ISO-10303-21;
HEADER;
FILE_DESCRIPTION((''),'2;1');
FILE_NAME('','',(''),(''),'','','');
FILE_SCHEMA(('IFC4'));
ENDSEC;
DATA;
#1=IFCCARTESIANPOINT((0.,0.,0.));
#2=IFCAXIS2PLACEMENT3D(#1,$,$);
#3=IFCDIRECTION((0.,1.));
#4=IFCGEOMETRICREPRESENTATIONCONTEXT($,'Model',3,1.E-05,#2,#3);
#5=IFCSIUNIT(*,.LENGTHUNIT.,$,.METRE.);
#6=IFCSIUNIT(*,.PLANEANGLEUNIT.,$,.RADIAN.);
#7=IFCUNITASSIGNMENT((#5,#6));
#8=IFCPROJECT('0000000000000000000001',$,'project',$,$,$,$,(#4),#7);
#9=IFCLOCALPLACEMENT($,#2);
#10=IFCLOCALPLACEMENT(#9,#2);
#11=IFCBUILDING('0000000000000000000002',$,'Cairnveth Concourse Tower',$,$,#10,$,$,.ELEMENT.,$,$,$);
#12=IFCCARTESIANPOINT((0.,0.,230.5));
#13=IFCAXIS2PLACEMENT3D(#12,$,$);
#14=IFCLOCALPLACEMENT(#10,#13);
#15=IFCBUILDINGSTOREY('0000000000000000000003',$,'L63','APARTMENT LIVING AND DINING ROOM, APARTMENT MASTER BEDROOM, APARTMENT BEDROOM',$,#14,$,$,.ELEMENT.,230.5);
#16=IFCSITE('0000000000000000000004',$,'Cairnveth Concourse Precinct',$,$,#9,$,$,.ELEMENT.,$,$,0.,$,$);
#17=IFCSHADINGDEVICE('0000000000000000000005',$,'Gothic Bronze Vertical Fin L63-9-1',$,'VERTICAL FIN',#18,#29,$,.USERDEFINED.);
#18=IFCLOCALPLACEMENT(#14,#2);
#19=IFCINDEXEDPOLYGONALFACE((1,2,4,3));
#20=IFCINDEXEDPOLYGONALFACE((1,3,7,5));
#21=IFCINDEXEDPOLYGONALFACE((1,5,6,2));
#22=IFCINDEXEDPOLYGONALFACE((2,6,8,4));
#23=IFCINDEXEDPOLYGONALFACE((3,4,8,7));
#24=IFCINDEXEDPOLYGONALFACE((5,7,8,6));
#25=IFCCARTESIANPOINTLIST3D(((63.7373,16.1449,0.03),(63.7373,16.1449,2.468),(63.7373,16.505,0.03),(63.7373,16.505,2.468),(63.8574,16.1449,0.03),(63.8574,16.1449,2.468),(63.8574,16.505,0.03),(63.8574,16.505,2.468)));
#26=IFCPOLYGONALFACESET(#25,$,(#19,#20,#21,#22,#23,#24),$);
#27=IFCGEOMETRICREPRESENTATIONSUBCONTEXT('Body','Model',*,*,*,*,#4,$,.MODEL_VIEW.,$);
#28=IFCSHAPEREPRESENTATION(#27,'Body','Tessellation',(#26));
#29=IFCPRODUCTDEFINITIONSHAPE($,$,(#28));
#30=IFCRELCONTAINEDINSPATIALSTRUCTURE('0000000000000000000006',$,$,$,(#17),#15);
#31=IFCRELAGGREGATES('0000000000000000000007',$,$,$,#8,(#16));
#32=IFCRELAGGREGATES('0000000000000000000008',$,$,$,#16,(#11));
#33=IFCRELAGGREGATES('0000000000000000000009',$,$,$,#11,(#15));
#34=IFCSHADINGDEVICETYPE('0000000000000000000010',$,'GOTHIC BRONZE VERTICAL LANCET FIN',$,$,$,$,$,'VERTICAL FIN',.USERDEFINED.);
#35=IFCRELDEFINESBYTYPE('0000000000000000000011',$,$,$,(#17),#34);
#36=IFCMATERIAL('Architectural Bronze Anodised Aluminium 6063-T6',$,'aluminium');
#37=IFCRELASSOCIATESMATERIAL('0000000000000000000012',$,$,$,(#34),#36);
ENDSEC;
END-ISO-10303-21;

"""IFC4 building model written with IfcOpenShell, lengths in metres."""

from ifc_helpers import new_model, si_unit, direction, frame, origin, origin_2d, place, context, subcontext, project, spatial, rectangle, extrude, material, type_object, element, save


model = new_model("IFC4")

# Units and contexts
model_context = context("Model", 3, precision=1e-05, world=origin(), true_north=direction((0.0, 1.0)))
body_context = subcontext(model_context, "Body", "Model", "MODEL_VIEW")
ifc_project = project(units=[si_unit("LENGTHUNIT", "METRE"), si_unit("PLANEANGLEUNIT", "RADIAN")], contexts=[model_context])

# Site, building, storey
site_placement = place(None, origin())
site = spatial("IfcSite", under=ifc_project, at=site_placement, Name="Cairnveth Concourse Precinct", CompositionType="ELEMENT", RefElevation=0.0)
building_placement = place(site_placement, origin())
building = spatial("IfcBuilding", under=site, at=building_placement, Name="Cairnveth Concourse Tower", CompositionType="ELEMENT")
storey_placement = place(building_placement, frame((0.0, 0.0, 230.5)))
storey = spatial("IfcBuildingStorey", under=building, at=storey_placement, Name="L63", Description="APARTMENT LIVING AND DINING ROOM, APARTMENT MASTER BEDROOM, APARTMENT BEDROOM", CompositionType="ELEMENT", Elevation=230.5)

# Shading device
ifc_material_1 = material(Name="Architectural Bronze Anodised Aluminium 6063-T6", Category="aluminium")
shading_device_type = type_object("IfcShadingDeviceType", Name="GOTHIC BRONZE VERTICAL LANCET FIN", ElementType="VERTICAL FIN", PredefinedType="USERDEFINED", material=ifc_material_1)
shading_device_placement = place(storey_placement, frame((63.7974, 16.325, 0.03), z_axis=(0.0, 0.0, 1.0), x_axis=(1.0, 0.0, 0.0)))
element("IfcShadingDevice", 1, at=shading_device_placement, inside=storey, type_object=shading_device_type, Name="Gothic Bronze Vertical Fin L63-9-1", ObjectType="VERTICAL FIN", PredefinedType="USERDEFINED", context=body_context, shape_type="SweptSolid", body=[
    extrude(rectangle(XDim=0.1201, YDim=0.3601, at=origin_2d()), origin(), (0.0, 0.0, 1.0), 2.438),
])

save(model, "model.ifc")
